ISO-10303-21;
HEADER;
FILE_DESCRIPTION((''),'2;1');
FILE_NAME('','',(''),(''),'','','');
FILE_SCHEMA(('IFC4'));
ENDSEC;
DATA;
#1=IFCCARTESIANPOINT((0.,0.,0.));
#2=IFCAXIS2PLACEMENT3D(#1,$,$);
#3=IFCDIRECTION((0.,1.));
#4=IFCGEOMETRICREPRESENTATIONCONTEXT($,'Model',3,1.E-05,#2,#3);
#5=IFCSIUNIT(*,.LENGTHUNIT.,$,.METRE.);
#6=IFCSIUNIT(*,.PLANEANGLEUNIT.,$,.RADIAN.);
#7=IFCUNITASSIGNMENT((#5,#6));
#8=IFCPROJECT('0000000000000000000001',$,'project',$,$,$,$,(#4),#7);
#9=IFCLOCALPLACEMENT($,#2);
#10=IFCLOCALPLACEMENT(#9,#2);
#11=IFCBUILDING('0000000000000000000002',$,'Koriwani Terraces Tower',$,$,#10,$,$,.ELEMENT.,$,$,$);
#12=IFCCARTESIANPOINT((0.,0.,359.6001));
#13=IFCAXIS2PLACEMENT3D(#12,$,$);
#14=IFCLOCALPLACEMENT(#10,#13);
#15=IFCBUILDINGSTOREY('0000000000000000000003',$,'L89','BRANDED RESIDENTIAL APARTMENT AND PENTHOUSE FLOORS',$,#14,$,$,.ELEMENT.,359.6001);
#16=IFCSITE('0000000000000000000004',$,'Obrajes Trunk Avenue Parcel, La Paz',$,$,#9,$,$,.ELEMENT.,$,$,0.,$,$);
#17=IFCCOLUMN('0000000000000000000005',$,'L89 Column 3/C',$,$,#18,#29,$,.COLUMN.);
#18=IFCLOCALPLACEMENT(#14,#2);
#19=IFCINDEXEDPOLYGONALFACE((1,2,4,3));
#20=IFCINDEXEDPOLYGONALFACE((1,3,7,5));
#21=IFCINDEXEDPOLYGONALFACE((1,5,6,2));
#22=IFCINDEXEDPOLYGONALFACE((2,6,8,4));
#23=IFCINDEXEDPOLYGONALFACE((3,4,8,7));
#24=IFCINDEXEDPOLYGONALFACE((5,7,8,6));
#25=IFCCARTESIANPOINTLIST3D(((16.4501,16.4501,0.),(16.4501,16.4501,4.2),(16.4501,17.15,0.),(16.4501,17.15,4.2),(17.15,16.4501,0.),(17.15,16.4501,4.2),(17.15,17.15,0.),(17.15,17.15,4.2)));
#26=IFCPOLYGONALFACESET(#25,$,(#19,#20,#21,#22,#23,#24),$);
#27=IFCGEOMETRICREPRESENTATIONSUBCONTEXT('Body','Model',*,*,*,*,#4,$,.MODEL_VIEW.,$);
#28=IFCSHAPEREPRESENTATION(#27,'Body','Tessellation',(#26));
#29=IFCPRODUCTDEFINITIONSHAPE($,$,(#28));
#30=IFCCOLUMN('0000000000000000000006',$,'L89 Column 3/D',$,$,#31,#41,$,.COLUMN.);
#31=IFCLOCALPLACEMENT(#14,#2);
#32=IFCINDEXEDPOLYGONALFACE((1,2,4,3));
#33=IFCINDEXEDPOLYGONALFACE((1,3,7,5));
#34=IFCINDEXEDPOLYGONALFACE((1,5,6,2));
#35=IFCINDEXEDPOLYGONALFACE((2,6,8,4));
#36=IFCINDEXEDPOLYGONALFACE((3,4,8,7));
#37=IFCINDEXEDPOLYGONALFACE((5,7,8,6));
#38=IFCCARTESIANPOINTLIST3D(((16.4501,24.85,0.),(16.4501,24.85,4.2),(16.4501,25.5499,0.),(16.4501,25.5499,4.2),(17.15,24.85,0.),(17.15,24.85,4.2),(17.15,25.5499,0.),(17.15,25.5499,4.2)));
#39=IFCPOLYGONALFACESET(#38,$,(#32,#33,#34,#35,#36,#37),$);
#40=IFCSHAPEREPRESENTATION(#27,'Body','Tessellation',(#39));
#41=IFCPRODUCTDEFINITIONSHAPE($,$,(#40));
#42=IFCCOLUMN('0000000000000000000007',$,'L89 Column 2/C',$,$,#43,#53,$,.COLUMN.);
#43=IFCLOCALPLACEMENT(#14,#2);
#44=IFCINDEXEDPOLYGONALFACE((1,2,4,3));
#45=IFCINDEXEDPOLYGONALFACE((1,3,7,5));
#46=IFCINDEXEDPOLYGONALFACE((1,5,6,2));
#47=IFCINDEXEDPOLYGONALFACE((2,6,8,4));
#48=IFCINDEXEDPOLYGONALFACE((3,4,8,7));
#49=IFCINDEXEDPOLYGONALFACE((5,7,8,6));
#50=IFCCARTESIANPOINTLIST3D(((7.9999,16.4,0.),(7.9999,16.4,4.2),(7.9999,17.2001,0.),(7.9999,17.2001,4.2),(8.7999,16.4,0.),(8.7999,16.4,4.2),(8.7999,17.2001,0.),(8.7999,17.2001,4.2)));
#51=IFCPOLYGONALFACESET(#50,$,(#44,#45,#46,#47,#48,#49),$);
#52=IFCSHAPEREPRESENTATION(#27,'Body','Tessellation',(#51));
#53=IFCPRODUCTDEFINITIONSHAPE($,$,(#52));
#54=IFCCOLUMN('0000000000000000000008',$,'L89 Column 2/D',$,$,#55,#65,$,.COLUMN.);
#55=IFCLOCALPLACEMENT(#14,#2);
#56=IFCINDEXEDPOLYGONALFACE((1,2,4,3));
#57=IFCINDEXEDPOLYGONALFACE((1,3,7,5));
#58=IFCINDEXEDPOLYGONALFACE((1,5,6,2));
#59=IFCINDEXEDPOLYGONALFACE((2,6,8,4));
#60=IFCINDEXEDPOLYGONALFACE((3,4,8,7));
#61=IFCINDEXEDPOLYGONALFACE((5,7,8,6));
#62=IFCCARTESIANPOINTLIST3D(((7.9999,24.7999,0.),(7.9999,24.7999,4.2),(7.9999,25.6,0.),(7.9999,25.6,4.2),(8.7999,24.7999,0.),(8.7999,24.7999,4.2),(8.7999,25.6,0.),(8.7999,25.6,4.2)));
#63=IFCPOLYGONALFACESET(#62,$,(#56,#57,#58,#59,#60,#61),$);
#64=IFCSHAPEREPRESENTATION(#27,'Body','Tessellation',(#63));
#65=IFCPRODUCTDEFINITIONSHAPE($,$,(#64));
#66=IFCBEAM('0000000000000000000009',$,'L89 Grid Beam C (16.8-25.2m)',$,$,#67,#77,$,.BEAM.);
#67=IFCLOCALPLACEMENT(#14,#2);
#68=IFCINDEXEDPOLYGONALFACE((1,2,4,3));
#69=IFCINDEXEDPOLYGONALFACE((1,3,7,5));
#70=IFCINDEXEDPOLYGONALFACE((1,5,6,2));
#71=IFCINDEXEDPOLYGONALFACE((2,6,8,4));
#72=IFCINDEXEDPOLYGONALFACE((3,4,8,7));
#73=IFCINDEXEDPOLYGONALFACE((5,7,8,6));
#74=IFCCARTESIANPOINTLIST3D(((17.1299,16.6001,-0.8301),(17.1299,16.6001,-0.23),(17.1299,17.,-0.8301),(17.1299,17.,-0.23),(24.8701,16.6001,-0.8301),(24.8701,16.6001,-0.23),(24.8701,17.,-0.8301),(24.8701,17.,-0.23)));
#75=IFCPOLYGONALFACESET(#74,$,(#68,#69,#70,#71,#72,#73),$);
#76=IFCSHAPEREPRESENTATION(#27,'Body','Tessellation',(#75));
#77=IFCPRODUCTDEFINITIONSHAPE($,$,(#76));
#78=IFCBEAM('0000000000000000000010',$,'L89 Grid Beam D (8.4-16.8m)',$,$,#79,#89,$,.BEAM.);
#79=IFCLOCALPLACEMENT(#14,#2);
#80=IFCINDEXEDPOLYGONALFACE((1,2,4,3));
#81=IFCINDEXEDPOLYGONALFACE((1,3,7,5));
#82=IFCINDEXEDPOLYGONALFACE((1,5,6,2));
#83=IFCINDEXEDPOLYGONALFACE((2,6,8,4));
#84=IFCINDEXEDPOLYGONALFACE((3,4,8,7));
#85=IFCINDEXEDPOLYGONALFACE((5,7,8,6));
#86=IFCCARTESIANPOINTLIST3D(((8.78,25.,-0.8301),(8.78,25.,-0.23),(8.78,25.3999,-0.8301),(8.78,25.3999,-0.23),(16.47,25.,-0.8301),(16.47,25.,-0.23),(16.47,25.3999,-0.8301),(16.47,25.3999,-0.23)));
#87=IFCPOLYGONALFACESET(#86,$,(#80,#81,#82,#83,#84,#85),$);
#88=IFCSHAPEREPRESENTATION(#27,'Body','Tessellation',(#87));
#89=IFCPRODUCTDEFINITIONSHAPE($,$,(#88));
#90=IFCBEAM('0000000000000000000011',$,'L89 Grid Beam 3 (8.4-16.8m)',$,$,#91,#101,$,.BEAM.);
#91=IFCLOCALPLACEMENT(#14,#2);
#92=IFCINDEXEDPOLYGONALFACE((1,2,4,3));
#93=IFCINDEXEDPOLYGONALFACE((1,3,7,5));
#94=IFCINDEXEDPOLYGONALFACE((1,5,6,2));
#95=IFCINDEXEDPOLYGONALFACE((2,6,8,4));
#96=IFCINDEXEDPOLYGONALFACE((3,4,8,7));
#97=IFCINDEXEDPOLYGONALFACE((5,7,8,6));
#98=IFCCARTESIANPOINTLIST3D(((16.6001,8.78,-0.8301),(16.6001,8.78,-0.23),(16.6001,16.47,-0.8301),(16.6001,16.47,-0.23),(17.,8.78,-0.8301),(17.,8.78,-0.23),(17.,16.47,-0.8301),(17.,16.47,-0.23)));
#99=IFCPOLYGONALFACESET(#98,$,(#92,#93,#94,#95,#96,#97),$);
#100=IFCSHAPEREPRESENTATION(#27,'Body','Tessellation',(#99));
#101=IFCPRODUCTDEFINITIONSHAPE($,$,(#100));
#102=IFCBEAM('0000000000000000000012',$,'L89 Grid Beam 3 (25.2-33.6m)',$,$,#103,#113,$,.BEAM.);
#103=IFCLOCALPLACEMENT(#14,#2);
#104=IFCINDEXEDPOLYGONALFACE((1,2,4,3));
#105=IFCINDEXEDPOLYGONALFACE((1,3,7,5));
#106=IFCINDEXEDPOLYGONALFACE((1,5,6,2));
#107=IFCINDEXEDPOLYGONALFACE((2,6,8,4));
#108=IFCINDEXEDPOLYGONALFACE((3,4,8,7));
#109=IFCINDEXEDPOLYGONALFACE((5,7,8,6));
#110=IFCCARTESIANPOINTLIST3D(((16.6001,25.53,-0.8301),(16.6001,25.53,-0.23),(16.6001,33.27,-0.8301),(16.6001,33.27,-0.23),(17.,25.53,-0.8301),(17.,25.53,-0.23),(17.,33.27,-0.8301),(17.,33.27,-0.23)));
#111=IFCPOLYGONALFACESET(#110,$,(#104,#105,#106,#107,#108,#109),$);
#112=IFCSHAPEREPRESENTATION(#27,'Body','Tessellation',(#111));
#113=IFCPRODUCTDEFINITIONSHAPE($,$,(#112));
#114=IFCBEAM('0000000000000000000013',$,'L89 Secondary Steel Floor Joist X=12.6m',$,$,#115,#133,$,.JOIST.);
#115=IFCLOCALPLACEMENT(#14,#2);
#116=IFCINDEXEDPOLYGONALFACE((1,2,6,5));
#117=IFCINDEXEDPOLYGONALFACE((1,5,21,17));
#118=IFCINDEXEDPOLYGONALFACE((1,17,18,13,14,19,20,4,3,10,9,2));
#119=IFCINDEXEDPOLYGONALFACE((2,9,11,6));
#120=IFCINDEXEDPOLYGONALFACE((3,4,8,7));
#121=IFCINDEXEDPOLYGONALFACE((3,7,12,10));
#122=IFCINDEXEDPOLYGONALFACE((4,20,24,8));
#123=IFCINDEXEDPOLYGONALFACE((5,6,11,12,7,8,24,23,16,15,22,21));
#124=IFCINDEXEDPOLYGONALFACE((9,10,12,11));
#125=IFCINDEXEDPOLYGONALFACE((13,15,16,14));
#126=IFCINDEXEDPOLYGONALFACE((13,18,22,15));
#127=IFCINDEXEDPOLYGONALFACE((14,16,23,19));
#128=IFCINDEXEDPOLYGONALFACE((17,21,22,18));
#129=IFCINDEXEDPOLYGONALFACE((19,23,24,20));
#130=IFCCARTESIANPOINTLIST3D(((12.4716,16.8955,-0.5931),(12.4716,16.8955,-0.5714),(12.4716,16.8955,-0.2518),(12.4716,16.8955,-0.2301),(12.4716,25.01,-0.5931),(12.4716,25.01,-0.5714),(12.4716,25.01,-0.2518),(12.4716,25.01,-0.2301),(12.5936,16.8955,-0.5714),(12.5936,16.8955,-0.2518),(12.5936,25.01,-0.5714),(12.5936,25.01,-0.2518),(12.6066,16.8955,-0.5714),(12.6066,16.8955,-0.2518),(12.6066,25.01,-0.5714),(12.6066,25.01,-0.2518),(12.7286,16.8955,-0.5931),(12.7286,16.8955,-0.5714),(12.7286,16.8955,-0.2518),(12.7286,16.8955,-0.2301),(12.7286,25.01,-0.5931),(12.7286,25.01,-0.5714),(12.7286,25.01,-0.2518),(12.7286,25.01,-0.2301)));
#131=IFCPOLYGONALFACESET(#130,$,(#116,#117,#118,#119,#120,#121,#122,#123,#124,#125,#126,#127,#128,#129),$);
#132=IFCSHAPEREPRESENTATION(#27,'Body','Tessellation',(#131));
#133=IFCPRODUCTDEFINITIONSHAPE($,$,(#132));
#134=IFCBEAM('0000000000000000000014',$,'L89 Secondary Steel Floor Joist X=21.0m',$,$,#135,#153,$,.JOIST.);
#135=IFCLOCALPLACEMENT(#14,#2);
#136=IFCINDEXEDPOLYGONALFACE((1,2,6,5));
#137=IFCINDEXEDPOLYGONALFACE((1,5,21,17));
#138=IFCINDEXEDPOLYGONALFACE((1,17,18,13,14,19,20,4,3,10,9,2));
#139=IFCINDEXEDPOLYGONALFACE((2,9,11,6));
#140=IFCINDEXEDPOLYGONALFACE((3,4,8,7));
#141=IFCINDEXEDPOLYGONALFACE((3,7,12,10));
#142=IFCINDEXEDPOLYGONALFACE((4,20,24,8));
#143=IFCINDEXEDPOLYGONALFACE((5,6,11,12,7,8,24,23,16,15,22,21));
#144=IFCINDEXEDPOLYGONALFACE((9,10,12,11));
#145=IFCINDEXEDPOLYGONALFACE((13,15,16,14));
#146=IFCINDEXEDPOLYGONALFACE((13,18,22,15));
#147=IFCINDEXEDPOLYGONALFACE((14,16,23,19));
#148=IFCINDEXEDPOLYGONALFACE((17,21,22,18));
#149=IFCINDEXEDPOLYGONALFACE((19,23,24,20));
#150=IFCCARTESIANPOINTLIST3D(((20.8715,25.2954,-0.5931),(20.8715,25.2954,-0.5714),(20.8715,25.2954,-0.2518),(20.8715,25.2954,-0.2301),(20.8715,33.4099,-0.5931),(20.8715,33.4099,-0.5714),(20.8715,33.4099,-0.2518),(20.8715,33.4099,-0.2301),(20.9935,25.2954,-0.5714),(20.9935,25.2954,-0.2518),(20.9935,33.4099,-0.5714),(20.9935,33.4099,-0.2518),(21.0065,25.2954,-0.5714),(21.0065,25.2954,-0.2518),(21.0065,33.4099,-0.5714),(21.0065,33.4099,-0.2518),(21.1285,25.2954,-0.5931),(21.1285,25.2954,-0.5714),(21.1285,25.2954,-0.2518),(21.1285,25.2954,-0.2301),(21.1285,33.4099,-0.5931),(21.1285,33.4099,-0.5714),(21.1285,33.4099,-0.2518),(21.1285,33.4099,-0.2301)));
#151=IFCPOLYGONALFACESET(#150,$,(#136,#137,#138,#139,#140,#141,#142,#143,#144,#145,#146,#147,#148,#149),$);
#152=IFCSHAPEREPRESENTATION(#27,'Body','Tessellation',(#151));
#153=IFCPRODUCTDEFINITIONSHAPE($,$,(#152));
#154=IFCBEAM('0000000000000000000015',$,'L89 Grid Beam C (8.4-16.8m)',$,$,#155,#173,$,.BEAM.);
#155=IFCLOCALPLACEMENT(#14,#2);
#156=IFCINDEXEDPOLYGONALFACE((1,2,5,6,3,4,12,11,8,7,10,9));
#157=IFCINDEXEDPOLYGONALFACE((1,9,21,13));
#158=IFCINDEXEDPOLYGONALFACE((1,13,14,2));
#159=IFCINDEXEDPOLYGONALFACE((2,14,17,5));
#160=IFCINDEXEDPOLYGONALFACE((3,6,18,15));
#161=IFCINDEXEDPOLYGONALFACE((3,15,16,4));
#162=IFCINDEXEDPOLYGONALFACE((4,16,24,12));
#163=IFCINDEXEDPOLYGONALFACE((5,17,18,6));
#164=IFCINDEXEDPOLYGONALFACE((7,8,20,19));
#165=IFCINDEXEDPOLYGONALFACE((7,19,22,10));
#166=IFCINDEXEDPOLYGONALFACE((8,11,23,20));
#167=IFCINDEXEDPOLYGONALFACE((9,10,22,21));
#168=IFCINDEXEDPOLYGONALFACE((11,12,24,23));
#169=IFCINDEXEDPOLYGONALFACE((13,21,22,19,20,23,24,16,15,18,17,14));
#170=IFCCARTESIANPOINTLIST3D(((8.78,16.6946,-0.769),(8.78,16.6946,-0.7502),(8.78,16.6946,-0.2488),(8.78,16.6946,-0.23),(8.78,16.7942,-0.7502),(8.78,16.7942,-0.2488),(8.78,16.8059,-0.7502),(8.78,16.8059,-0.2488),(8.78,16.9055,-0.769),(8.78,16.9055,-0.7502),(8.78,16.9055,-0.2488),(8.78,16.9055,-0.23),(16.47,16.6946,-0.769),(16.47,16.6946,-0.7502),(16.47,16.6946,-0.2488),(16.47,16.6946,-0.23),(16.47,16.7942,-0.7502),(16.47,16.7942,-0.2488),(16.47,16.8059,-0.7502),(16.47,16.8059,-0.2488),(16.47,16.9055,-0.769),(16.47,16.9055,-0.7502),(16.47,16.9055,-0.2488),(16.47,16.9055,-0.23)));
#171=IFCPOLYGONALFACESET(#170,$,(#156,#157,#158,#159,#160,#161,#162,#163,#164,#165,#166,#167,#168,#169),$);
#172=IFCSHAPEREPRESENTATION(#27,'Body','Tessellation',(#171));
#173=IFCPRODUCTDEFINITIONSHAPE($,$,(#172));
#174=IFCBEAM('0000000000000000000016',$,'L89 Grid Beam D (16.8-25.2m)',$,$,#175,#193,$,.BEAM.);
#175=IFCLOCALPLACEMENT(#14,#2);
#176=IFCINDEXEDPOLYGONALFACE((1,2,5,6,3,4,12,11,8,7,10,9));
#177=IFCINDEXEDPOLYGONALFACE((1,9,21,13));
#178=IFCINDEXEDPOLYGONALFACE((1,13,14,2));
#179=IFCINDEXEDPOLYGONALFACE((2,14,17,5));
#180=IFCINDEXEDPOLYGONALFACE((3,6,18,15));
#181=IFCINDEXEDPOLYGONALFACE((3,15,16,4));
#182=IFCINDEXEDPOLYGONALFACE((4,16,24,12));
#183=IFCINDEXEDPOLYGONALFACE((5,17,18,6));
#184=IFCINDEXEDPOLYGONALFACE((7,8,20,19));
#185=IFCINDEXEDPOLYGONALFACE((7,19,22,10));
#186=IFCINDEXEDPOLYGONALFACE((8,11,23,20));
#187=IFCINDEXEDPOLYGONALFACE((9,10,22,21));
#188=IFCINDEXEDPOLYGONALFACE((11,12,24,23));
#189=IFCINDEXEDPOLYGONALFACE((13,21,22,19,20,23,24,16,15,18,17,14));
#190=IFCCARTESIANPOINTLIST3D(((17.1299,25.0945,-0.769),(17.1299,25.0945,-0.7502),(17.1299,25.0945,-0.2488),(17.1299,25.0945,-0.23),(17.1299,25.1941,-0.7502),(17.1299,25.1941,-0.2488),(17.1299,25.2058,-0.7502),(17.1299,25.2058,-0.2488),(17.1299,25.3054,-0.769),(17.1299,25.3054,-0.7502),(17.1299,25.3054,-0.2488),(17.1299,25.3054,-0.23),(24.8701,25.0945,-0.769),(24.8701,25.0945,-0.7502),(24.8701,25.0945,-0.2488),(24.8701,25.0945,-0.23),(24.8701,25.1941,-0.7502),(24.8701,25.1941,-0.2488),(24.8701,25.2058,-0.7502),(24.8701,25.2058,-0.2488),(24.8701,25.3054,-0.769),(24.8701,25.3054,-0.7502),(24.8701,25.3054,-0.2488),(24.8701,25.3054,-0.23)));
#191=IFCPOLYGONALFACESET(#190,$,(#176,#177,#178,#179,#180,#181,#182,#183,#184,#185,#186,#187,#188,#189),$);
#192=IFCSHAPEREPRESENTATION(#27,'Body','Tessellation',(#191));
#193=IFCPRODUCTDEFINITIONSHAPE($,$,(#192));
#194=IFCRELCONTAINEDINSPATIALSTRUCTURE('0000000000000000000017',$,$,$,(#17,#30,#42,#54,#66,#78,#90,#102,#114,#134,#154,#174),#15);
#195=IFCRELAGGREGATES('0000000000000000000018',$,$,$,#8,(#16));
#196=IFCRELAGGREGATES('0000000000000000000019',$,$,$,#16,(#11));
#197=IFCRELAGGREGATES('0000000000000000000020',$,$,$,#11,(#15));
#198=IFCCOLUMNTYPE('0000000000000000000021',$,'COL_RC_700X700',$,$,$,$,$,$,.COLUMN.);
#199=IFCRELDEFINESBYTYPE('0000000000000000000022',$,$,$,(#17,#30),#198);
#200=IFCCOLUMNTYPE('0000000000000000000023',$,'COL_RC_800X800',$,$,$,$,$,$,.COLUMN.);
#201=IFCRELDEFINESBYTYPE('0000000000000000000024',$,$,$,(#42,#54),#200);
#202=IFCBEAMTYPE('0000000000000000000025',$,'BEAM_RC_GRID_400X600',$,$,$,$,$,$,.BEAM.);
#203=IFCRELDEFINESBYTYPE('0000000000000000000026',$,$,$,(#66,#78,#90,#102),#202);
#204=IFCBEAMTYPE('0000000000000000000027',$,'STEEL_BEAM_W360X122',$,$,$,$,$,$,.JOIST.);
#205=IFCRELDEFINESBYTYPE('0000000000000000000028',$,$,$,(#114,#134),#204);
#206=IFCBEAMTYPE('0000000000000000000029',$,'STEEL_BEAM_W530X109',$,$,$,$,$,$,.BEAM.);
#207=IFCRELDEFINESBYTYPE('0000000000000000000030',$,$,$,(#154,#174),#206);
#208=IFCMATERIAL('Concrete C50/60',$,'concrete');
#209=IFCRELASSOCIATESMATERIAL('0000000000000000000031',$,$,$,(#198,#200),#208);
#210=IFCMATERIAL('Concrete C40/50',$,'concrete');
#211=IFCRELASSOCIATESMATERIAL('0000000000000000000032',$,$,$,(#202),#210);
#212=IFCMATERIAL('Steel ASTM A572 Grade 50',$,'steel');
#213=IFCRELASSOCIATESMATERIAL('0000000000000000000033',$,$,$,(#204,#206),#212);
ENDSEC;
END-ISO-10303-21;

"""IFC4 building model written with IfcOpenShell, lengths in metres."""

from ifc_helpers import new_model, si_unit, direction, frame, origin, origin_2d, place, context, subcontext, project, spatial, rectangle, i_section, extrude, material, material_profile, profile_set, type_object, element, save


model = new_model("IFC4")

# Units and contexts
model_context = context("Model", 3, precision=1e-05, world=origin(), true_north=direction((0.0, 1.0)))
body_context = subcontext(model_context, "Body", "Model", "MODEL_VIEW")
ifc_project = project(units=[si_unit("LENGTHUNIT", "METRE"), si_unit("PLANEANGLEUNIT", "RADIAN")], contexts=[model_context])

# Site, building, storey
site_placement = place(None, origin())
site = spatial("IfcSite", under=ifc_project, at=site_placement, Name="Obrajes Trunk Avenue Parcel, La Paz", CompositionType="ELEMENT", RefElevation=0.0)
building_placement = place(site_placement, origin())
building = spatial("IfcBuilding", under=site, at=building_placement, Name="Koriwani Terraces Tower", CompositionType="ELEMENT")
storey_placement = place(building_placement, frame((0.0, 0.0, 359.6001)))
storey = spatial("IfcBuildingStorey", under=building, at=storey_placement, Name="L89", Description="BRANDED RESIDENTIAL APARTMENT AND PENTHOUSE FLOORS", CompositionType="ELEMENT", Elevation=359.6001)

# Columns
ifc_material_1 = material(Name="Concrete C50/60", Category="concrete")
ifc_material_profile_1 = material_profile(ifc_material_1, rectangle(XDim=0.7, YDim=0.7, at=origin_2d()), Name="Concrete C50/60", Category="LoadBearing")
ifc_profile_set_1 = profile_set([ifc_material_profile_1], Name="Concrete C50/60")
column_type_1 = type_object("IfcColumnType", Name="COL_RC_700X700", PredefinedType="COLUMN", material=ifc_profile_set_1)
for number, where, z_axis, x_axis, name in (
    (1, (16.8, 16.8, 0.0), (0.0, 0.0, 1.0), (1.0, 0.0, 0.0), "L89 Column 3/C"),
    (2, (16.8, 25.2, 0.0), (0.0, 0.0, 1.0), (1.0, 0.0, 0.0), "L89 Column 3/D"),
):
    element("IfcColumn", number, at=place(storey_placement, frame(where, z_axis=z_axis, x_axis=x_axis)), inside=storey, type_object=column_type_1, Name=name, PredefinedType="COLUMN", context=body_context, shape_type="SweptSolid", body=[
        extrude(rectangle(XDim=0.7, YDim=0.7, at=origin_2d()), origin(), (0.0, 0.0, 1.0), 4.2),
    ])
ifc_material_profile_2 = material_profile(ifc_material_1, rectangle(XDim=0.8, YDim=0.8, at=origin_2d()), Name="Concrete C50/60", Category="LoadBearing")
ifc_profile_set_2 = profile_set([ifc_material_profile_2], Name="Concrete C50/60")
column_type_2 = type_object("IfcColumnType", Name="COL_RC_800X800", PredefinedType="COLUMN", material=ifc_profile_set_2)
for number, where, z_axis, x_axis, name in (
    (3, (8.3999, 16.8, 0.0), (0.0, 0.0, 1.0), (1.0, 0.0, 0.0), "L89 Column 2/C"),
    (4, (8.3999, 25.2, 0.0), (0.0, 0.0, 1.0), (1.0, 0.0, 0.0), "L89 Column 2/D"),
):
    element("IfcColumn", number, at=place(storey_placement, frame(where, z_axis=z_axis, x_axis=x_axis)), inside=storey, type_object=column_type_2, Name=name, PredefinedType="COLUMN", context=body_context, shape_type="SweptSolid", body=[
        extrude(rectangle(XDim=0.8, YDim=0.8, at=origin_2d()), origin(), (0.0, 0.0, 1.0), 4.2),
    ])

# Beams
ifc_material_2 = material(Name="Concrete C40/50", Category="concrete")
ifc_material_profile_3 = material_profile(ifc_material_2, rectangle(XDim=0.3999, YDim=0.6001, at=origin_2d()), Name="Concrete C40/50", Category="LoadBearing")
ifc_profile_set_3 = profile_set([ifc_material_profile_3], Name="Concrete C40/50")
beam_type_1 = type_object("IfcBeamType", Name="BEAM_RC_GRID_400X600", PredefinedType="BEAM", material=ifc_profile_set_3)
beam_1_placement = place(storey_placement, frame((17.1299, 16.8, -0.53), z_axis=(1.0, 0.0, 0.0), x_axis=(0.0, 1.0, 0.0)))
element("IfcBeam", 5, at=beam_1_placement, inside=storey, type_object=beam_type_1, Name="L89 Grid Beam C (16.8-25.2m)", PredefinedType="BEAM", context=body_context, shape_type="SweptSolid", body=[
    extrude(rectangle(XDim=0.3999, YDim=0.6001, at=origin_2d()), origin(), (0.0, 0.0, 1.0), 7.7402),
])
for number, where, z_axis, x_axis, name in (
    (6, (8.78, 25.2, -0.53), (1.0, 0.0, 0.0), (0.0, 1.0, 0.0), "L89 Grid Beam D (8.4-16.8m)"),
    (7, (16.8, 8.78, -0.53), (0.0, 1.0, 0.0), (-1.0, 0.0, 0.0), "L89 Grid Beam 3 (8.4-16.8m)"),
):
    element("IfcBeam", number, at=place(storey_placement, frame(where, z_axis=z_axis, x_axis=x_axis)), inside=storey, type_object=beam_type_1, Name=name, PredefinedType="BEAM", context=body_context, shape_type="SweptSolid", body=[
        extrude(rectangle(XDim=0.3999, YDim=0.6001, at=origin_2d()), origin(), (0.0, 0.0, 1.0), 7.6899),
    ])
beam_2_placement = place(storey_placement, frame((16.8, 25.53, -0.53), z_axis=(0.0, 1.0, 0.0), x_axis=(-1.0, 0.0, 0.0)))
element("IfcBeam", 8, at=beam_2_placement, inside=storey, type_object=beam_type_1, Name="L89 Grid Beam 3 (25.2-33.6m)", PredefinedType="BEAM", context=body_context, shape_type="SweptSolid", body=[
    extrude(rectangle(XDim=0.3999, YDim=0.6001, at=origin_2d()), origin(), (0.0, 0.0, 1.0), 7.74),
])
ifc_material_3 = material(Name="Steel ASTM A572 Grade 50", Category="steel")
ifc_material_profile_4 = material_profile(ifc_material_3, i_section(OverallWidth=0.2571, OverallDepth=0.363, WebThickness=0.0129, FlangeThickness=0.0217, at=origin_2d()), Name="Steel ASTM A572 Grade 50", Category="LoadBearing")
ifc_profile_set_4 = profile_set([ifc_material_profile_4], Name="Steel ASTM A572 Grade 50")
beam_type_2 = type_object("IfcBeamType", Name="STEEL_BEAM_W360X122", PredefinedType="JOIST", material=ifc_profile_set_4)
for number, where, z_axis, x_axis, name in (
    (9, (12.6001, 16.8955, -0.4116), (0.0, 1.0, 0.0), (-1.0, 0.0, 0.0), "L89 Secondary Steel Floor Joist X=12.6m"),
    (10, (21.0, 25.2954, -0.4116), (0.0, 1.0, 0.0), (-1.0, 0.0, 0.0), "L89 Secondary Steel Floor Joist X=21.0m"),
):
    element("IfcBeam", number, at=place(storey_placement, frame(where, z_axis=z_axis, x_axis=x_axis)), inside=storey, type_object=beam_type_2, Name=name, PredefinedType="JOIST", context=body_context, shape_type="SweptSolid", body=[
        extrude(i_section(OverallWidth=0.2571, OverallDepth=0.363, WebThickness=0.0129, FlangeThickness=0.0217, at=origin_2d()), origin(), (0.0, 0.0, 1.0), 8.1145),
    ])
ifc_material_profile_5 = material_profile(ifc_material_3, i_section(OverallWidth=0.2109, OverallDepth=0.5391, WebThickness=0.0117, FlangeThickness=0.0188, at=origin_2d()), Name="Steel ASTM A572 Grade 50", Category="LoadBearing")
ifc_profile_set_5 = profile_set([ifc_material_profile_5], Name="Steel ASTM A572 Grade 50")
beam_type_3 = type_object("IfcBeamType", Name="STEEL_BEAM_W530X109", PredefinedType="BEAM", material=ifc_profile_set_5)
beam_3_placement = place(storey_placement, frame((8.78, 16.8, -0.4995), z_axis=(1.0, 0.0, 0.0), x_axis=(0.0, 1.0, 0.0)))
element("IfcBeam", 11, at=beam_3_placement, inside=storey, type_object=beam_type_3, Name="L89 Grid Beam C (8.4-16.8m)", PredefinedType="BEAM", context=body_context, shape_type="SweptSolid", body=[
    extrude(i_section(OverallWidth=0.2109, OverallDepth=0.5391, WebThickness=0.0117, FlangeThickness=0.0188, at=origin_2d()), origin(), (0.0, 0.0, 1.0), 7.6899),
])
for number, where, z_axis, x_axis, name in (
    (12, (17.1299, 25.2, -0.4995), (1.0, 0.0, 0.0), (0.0, 1.0, 0.0), "L89 Grid Beam D (16.8-25.2m)"),
):
    element("IfcBeam", number, at=place(storey_placement, frame(where, z_axis=z_axis, x_axis=x_axis)), inside=storey, type_object=beam_type_3, Name=name, PredefinedType="BEAM", context=body_context, shape_type="SweptSolid", body=[
        extrude(i_section(OverallWidth=0.2109, OverallDepth=0.5391, WebThickness=0.0117, FlangeThickness=0.0188, at=origin_2d()), origin(), (0.0, 0.0, 1.0), 7.7402),
    ])

save(model, "model.ifc")
